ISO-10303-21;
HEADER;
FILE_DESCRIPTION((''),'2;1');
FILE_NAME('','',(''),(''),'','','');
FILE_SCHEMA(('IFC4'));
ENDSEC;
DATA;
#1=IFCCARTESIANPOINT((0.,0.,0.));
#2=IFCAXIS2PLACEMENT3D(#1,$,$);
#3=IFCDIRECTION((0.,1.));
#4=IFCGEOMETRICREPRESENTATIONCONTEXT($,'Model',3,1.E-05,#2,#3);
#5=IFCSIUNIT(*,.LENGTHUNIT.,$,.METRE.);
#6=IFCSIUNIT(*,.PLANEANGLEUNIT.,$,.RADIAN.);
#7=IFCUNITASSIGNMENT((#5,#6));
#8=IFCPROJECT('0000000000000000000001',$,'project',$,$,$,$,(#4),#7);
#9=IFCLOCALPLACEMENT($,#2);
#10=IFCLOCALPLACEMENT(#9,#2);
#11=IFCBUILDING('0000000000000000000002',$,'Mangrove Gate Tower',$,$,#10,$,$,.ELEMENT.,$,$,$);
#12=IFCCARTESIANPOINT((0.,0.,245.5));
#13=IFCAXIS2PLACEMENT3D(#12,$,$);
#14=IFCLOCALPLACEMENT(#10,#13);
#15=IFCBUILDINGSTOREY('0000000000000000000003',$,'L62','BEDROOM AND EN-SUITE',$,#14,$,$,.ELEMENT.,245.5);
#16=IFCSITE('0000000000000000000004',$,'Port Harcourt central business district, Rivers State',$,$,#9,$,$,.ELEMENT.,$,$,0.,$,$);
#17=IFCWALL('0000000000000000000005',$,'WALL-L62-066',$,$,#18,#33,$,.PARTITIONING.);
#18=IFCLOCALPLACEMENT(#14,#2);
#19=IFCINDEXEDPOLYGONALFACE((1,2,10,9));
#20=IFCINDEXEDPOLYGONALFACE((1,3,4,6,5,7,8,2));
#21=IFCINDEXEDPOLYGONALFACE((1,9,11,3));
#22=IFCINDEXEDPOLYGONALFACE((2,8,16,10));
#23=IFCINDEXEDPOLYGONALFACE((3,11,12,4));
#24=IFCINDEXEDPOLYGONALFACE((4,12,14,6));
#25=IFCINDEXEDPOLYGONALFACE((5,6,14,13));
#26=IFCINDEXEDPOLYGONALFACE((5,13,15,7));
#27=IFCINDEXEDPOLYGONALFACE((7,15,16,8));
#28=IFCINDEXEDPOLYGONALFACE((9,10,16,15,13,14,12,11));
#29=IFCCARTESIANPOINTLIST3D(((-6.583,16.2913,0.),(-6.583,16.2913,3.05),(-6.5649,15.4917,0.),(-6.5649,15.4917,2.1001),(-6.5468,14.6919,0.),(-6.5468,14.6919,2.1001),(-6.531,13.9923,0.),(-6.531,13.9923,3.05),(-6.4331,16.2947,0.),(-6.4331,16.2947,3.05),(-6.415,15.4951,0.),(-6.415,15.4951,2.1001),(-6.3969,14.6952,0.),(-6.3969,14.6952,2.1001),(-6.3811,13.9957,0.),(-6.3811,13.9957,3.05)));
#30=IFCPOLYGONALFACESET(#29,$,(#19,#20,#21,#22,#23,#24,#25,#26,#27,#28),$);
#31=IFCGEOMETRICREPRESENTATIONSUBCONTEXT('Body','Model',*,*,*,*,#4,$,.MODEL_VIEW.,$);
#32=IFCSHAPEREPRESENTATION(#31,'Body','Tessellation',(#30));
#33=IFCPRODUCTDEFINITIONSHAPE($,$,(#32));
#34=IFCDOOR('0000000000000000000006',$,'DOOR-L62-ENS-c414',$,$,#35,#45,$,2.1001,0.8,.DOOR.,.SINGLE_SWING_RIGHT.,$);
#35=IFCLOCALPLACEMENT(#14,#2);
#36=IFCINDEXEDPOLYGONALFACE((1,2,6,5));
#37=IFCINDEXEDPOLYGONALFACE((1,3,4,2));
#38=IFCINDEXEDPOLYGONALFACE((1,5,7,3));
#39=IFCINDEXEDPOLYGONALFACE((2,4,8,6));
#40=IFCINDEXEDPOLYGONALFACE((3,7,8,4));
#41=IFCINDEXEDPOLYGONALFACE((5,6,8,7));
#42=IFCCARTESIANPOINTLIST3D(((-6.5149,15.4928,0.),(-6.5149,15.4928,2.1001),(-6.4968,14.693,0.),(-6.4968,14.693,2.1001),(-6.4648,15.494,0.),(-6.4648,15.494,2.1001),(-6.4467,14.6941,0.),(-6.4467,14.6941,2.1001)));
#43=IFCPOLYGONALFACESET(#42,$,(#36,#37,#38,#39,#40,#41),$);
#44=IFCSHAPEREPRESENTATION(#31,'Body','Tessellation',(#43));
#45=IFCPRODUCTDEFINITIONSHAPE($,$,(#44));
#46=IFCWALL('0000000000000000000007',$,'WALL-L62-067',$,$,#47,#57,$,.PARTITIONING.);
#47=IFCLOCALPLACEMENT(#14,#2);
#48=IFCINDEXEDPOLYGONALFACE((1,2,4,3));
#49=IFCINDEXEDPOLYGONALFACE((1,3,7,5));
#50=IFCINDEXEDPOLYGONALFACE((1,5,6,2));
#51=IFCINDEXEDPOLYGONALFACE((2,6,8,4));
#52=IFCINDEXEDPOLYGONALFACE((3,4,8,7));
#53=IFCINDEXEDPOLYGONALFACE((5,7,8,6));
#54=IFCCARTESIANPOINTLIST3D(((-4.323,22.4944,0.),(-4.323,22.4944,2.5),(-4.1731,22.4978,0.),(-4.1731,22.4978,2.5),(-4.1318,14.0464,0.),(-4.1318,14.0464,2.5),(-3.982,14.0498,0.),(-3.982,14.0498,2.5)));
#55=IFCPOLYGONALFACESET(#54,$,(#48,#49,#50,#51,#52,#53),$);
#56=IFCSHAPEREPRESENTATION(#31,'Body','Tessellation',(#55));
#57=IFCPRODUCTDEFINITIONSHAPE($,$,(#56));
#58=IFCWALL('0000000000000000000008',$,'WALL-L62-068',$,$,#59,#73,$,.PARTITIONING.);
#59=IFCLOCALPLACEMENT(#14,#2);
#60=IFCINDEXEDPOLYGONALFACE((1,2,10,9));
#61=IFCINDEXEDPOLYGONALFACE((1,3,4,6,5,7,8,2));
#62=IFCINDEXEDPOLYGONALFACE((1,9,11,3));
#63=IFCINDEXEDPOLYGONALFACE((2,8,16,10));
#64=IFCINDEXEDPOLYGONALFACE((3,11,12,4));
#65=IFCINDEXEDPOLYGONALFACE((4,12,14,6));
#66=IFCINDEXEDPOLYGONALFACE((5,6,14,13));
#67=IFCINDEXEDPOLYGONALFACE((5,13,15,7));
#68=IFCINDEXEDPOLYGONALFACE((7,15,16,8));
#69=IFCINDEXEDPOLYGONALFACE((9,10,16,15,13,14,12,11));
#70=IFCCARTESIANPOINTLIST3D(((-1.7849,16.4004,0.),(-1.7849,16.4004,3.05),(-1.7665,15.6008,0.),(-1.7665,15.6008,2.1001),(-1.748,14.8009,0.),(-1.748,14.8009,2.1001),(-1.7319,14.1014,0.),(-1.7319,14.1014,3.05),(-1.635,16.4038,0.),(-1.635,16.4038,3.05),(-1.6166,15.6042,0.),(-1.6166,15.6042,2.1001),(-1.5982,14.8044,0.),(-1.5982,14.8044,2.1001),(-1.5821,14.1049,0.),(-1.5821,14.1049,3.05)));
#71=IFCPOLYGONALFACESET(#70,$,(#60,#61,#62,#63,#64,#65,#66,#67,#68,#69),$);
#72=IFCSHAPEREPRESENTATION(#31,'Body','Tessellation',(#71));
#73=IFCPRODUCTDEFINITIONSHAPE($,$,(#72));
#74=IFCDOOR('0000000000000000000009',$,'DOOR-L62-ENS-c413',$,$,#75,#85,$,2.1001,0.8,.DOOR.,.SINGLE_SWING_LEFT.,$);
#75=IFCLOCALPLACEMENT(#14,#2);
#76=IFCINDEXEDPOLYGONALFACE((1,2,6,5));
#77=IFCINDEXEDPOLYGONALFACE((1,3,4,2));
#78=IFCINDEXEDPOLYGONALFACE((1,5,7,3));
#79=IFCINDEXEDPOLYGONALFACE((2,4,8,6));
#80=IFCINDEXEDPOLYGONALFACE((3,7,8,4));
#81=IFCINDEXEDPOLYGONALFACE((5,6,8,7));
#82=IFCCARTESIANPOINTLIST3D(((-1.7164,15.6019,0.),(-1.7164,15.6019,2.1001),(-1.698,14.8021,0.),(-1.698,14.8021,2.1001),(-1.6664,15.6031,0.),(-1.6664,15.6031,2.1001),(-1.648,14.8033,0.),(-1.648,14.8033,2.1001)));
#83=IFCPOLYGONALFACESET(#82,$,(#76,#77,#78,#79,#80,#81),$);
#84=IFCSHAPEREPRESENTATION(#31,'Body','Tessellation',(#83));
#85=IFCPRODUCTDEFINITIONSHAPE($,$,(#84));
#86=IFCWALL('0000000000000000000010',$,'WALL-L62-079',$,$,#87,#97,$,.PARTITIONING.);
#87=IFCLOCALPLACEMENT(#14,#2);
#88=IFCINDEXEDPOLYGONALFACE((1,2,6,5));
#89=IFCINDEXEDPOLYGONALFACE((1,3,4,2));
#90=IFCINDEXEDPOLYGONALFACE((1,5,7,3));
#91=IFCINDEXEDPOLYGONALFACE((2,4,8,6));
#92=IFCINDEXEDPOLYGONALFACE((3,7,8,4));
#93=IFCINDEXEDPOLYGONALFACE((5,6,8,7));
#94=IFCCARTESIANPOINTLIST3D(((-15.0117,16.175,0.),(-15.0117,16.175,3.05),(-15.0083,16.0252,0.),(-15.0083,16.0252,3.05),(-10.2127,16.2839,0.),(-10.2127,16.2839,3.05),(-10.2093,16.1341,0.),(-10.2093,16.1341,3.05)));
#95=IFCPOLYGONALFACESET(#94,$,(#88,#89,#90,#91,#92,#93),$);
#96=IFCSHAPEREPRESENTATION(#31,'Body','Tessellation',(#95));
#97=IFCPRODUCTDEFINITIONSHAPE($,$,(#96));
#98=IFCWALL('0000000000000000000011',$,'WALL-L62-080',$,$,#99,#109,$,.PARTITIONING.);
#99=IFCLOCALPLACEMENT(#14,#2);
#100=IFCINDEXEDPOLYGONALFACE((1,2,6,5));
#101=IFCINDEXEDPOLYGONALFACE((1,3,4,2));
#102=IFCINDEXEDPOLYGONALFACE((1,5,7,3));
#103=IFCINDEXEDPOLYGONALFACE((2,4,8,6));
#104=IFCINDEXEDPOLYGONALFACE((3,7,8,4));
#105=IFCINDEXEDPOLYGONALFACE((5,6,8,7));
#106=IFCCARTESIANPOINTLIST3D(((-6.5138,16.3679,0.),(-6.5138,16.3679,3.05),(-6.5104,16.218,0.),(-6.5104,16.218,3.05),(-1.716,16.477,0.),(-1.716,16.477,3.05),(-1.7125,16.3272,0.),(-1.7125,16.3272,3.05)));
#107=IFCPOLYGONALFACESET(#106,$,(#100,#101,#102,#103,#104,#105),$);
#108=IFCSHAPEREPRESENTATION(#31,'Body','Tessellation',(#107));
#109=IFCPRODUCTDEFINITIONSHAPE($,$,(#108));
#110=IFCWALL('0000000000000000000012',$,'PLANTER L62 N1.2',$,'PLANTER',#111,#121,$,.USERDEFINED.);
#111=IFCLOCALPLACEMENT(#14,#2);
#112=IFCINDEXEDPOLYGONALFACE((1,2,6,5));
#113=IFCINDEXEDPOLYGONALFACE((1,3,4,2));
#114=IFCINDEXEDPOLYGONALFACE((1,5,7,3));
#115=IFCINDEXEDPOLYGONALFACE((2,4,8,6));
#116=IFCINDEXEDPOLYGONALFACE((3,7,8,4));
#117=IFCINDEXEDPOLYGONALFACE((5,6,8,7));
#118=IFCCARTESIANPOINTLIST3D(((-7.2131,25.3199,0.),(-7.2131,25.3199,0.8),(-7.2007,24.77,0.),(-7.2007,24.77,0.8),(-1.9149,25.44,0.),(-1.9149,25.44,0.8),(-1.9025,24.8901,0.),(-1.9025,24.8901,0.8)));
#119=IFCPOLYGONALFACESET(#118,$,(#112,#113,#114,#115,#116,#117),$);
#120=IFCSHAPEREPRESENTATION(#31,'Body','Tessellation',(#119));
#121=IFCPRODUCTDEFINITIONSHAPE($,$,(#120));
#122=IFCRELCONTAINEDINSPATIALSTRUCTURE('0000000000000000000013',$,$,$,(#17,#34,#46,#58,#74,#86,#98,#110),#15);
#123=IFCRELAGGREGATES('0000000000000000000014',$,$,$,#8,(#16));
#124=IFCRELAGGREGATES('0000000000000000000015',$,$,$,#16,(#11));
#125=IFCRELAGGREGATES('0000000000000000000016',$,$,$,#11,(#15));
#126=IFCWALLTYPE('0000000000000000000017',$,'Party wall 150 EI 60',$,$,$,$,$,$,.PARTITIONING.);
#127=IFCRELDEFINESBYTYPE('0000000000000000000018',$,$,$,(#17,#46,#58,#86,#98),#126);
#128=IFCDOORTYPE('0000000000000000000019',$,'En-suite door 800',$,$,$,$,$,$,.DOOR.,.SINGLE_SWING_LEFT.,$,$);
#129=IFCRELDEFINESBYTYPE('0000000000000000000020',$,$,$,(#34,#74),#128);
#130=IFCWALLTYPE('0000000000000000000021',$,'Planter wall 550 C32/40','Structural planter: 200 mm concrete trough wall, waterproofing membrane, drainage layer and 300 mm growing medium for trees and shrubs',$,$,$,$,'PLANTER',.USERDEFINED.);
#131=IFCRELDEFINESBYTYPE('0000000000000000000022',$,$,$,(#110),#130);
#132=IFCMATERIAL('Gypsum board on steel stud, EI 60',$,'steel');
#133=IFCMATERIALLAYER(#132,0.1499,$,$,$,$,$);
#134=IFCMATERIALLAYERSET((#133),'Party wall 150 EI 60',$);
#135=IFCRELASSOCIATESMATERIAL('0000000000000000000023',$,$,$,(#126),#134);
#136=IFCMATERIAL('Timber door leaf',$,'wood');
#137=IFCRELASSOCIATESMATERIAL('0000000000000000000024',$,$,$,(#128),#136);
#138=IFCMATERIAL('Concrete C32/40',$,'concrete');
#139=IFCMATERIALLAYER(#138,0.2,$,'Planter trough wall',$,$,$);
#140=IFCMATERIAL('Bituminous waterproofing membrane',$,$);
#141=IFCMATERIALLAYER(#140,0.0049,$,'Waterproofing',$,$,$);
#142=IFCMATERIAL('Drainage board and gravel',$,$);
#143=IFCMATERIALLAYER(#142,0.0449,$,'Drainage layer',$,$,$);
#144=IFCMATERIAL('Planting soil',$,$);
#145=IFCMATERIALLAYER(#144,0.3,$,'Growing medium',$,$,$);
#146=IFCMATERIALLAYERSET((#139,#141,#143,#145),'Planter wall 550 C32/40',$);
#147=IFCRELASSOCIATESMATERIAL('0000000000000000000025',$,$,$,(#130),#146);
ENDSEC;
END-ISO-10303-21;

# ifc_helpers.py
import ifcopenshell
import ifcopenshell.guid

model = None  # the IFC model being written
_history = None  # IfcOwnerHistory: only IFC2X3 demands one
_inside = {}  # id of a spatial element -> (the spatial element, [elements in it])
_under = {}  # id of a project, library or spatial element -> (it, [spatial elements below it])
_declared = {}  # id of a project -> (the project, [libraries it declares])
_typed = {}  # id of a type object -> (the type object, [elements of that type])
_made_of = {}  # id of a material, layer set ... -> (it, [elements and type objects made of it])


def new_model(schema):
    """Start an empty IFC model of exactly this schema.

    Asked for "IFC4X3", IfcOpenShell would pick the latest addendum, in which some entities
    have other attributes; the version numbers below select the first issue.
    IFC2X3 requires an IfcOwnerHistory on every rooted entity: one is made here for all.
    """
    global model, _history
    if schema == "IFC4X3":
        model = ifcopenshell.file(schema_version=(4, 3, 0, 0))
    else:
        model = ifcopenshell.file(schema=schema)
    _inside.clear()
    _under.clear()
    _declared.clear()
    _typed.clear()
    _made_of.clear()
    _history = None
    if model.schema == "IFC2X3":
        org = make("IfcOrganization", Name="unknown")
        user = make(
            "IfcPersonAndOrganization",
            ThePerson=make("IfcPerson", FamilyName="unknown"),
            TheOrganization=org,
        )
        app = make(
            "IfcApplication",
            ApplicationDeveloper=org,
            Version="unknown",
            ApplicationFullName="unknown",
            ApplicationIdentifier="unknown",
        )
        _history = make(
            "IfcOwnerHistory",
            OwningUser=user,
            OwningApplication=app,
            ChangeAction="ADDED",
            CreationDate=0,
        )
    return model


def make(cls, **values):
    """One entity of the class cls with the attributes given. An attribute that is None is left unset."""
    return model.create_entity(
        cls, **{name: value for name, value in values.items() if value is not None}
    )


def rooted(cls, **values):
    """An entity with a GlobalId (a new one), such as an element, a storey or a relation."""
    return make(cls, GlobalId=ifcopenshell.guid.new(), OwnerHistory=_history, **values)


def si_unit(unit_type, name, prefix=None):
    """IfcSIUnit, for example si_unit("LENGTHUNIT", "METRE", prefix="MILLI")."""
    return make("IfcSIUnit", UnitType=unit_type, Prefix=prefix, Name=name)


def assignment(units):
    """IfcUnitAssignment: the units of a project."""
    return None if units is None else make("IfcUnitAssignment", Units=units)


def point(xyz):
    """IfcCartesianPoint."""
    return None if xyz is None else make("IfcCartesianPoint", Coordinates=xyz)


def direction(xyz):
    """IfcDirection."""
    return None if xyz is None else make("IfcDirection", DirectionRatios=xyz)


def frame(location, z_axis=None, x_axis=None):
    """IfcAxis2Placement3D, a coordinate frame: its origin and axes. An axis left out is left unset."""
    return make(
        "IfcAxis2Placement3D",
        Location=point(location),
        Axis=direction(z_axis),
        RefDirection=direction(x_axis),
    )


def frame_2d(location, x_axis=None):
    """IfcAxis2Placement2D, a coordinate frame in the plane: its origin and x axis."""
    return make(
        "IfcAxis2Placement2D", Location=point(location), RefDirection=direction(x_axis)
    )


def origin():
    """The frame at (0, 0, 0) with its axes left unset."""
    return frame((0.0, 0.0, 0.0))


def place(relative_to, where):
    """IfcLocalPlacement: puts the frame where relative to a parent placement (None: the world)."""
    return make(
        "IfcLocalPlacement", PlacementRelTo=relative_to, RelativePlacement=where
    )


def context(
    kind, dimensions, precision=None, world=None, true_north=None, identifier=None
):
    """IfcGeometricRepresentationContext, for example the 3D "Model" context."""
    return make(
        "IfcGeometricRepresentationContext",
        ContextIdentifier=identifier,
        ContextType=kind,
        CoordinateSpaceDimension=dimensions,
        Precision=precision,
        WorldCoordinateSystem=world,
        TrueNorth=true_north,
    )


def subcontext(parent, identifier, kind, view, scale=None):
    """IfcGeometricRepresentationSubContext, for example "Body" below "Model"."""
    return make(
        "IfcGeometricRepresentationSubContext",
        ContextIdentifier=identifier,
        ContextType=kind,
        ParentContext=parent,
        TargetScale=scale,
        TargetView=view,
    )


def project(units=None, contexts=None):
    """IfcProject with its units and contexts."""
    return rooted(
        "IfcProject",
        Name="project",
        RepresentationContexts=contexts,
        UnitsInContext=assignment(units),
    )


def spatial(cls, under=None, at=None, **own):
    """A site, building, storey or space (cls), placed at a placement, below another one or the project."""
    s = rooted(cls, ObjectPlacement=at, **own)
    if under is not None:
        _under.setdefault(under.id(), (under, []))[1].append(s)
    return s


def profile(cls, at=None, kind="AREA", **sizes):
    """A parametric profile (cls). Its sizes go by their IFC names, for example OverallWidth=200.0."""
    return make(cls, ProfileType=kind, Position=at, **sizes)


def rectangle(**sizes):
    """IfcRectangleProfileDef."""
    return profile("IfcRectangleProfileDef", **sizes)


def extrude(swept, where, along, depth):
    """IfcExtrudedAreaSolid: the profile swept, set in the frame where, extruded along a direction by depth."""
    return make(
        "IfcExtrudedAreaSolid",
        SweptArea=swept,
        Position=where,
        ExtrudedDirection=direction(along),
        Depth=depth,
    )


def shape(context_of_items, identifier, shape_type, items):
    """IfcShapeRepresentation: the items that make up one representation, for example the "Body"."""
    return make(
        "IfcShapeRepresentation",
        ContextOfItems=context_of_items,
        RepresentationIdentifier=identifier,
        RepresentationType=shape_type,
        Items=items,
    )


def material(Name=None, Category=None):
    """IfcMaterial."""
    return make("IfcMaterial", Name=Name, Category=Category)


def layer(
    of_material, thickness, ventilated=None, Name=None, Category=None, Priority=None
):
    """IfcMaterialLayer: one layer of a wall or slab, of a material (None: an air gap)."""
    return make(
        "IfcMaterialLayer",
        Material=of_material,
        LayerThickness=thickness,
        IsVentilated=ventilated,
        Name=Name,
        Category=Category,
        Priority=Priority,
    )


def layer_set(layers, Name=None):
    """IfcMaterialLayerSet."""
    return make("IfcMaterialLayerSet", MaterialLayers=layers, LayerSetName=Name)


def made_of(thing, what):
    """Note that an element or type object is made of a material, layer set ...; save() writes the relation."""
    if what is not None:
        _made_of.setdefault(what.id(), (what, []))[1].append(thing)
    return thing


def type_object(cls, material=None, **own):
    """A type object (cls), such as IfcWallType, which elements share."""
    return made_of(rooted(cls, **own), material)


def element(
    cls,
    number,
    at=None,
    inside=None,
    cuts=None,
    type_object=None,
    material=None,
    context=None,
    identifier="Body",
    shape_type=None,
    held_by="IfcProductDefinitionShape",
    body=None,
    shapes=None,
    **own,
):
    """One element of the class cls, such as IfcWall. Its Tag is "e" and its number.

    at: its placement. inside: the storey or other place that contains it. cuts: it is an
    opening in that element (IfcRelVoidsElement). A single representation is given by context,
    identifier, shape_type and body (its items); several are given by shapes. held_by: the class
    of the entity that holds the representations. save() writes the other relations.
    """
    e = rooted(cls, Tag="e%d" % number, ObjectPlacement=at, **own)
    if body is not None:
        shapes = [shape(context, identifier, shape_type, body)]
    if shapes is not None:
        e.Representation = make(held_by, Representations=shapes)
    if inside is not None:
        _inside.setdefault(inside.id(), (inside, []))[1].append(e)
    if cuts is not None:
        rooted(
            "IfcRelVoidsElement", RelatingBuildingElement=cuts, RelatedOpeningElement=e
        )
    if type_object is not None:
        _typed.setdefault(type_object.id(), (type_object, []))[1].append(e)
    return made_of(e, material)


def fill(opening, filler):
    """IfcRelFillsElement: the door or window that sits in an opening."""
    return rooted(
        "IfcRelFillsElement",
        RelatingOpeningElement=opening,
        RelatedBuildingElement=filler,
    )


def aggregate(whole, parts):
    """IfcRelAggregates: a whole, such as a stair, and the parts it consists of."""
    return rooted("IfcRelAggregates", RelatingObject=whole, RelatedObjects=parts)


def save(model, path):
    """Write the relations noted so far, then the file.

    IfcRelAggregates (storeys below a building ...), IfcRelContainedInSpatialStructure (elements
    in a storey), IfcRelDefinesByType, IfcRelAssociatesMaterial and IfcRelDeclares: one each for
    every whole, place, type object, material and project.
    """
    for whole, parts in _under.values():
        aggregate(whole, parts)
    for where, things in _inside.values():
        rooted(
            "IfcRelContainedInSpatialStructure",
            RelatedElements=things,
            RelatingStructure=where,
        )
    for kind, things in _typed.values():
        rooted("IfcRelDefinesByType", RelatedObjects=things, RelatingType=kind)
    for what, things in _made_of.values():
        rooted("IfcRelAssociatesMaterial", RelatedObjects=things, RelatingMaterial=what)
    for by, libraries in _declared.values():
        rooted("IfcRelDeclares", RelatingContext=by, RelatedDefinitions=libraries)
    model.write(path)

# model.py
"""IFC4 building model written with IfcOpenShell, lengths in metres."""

from ifc_helpers import new_model, si_unit, direction, frame, frame_2d, origin, place, context, subcontext, project, spatial, rectangle, extrude, material, layer, layer_set, type_object, element, fill, save


model = new_model("IFC4")

# Units and contexts
model_context = context("Model", 3, precision=1e-05, world=origin(), true_north=direction((0.0, 1.0)))
body_context = subcontext(model_context, "Body", "Model", "MODEL_VIEW")
ifc_project = project(units=[si_unit("LENGTHUNIT", "METRE"), si_unit("PLANEANGLEUNIT", "RADIAN")], contexts=[model_context])

# Site, building, storey
site_placement = place(None, origin())
site = spatial("IfcSite", under=ifc_project, at=site_placement, Name="Port Harcourt central business district, Rivers State", CompositionType="ELEMENT", RefElevation=0.0)
building_placement = place(site_placement, origin())
building = spatial("IfcBuilding", under=site, at=building_placement, Name="Mangrove Gate Tower", CompositionType="ELEMENT")
storey_placement = place(building_placement, frame((0.0, 0.0, 245.5)))
storey = spatial("IfcBuildingStorey", under=building, at=storey_placement, Name="L62", Description="BEDROOM AND EN-SUITE", CompositionType="ELEMENT", Elevation=245.5)

# Shared definitions
ifc_material_1 = material(Name="Gypsum board on steel stud, EI 60", Category="steel")
ifc_layer_1 = layer(ifc_material_1, 0.1499)
ifc_layer_set_1 = layer_set([ifc_layer_1], Name="Party wall 150 EI 60")
wall_type_1 = type_object("IfcWallType", Name="Party wall 150 EI 60", PredefinedType="PARTITIONING", material=ifc_layer_set_1)
ifc_material_2 = material(Name="Timber door leaf", Category="wood")
door_type = type_object("IfcDoorType", Name="En-suite door 800", OperationType="SINGLE_SWING_LEFT", PredefinedType="DOOR", material=ifc_material_2)

# Wall, opening, door
wall_1_placement = place(storey_placement, frame((-6.4561, 13.9939, 0.0), z_axis=(0.0, 0.0, 1.0), x_axis=(-0.022613, 0.999744, 0.0)))
wall_1 = element("IfcWall", 1, at=wall_1_placement, inside=storey, type_object=wall_type_1, Name="WALL-L62-066", PredefinedType="PARTITIONING", context=body_context, shape_type="SweptSolid", body=[
    extrude(rectangle(XDim=2.2996, YDim=0.1499, at=frame_2d((1.1499, 0.0))), origin(), (0.0, 0.0, 1.0), 3.05),
])
opening_1_placement = place(wall_1_placement, frame((0.7, 0.0, 0.0)))
opening_1 = element("IfcOpeningElement", 2, at=opening_1_placement, cuts=wall_1, PredefinedType="OPENING", context=body_context, shape_type="SweptSolid", body=[
    extrude(rectangle(XDim=0.8, YDim=2.1001, at=frame_2d((0.3999, 1.05))), frame((0.0, 0.085, 0.0), z_axis=(0.0, -1.0, 0.0), x_axis=(1.0, 0.0, 0.0)), (0.0, 0.0, 1.0), 0.1699),
])
door_1_placement = place(opening_1_placement, origin())
door_1 = element("IfcDoor", 3, at=door_1_placement, inside=storey, type_object=door_type, Name="DOOR-L62-ENS-c414", OperationType="SINGLE_SWING_RIGHT", OverallHeight=2.1001, OverallWidth=0.8, PredefinedType="DOOR", context=body_context, shape_type="SweptSolid", body=[
    extrude(rectangle(XDim=0.8, YDim=2.1001, at=frame_2d((0.3999, 1.05))), frame((0.0, 0.0249, 0.0), z_axis=(0.0, -1.0, 0.0), x_axis=(1.0, 0.0, 0.0)), (0.0, 0.0, 1.0), 0.05),
])
fill(opening_1, door_1)

# Wall
wall_2_placement = place(storey_placement, frame((-4.0569, 14.0481, 0.0), z_axis=(0.0, 0.0, 1.0), x_axis=(-0.022622, 0.999744, 0.0)))
element("IfcWall", 4, at=wall_2_placement, inside=storey, type_object=wall_type_1, Name="WALL-L62-067", PredefinedType="PARTITIONING", context=body_context, shape_type="SweptSolid", body=[
    extrude(rectangle(XDim=8.4502, YDim=0.1499, at=frame_2d((4.2251, 0.0))), origin(), (0.0, 0.0, 1.0), 2.5),
])

# Wall, opening, door
wall_3_placement = place(storey_placement, frame((-1.657, 14.103, 0.0), z_axis=(0.0, 0.0, 1.0), x_axis=(-0.023037, 0.999735, 0.0)))
wall_3 = element("IfcWall", 5, at=wall_3_placement, inside=storey, type_object=wall_type_1, Name="WALL-L62-068", PredefinedType="PARTITIONING", context=body_context, shape_type="SweptSolid", body=[
    extrude(rectangle(XDim=2.2996, YDim=0.1499, at=frame_2d((1.1499, 0.0))), origin(), (0.0, 0.0, 1.0), 3.05),
])
opening_2_placement = place(wall_3_placement, frame((0.7, 0.0, 0.0)))
opening_2 = element("IfcOpeningElement", 6, at=opening_2_placement, cuts=wall_3, PredefinedType="OPENING", context=body_context, shape_type="SweptSolid", body=[
    extrude(rectangle(XDim=0.8, YDim=2.1001, at=frame_2d((0.3999, 1.05))), frame((0.0, 0.085, 0.0), z_axis=(0.0, -1.0, 0.0), x_axis=(1.0, 0.0, 0.0)), (0.0, 0.0, 1.0), 0.1699),
])
door_2_placement = place(opening_2_placement, origin())
door_2 = element("IfcDoor", 7, at=door_2_placement, inside=storey, type_object=door_type, Name="DOOR-L62-ENS-c413", OperationType="SINGLE_SWING_LEFT", OverallHeight=2.1001, OverallWidth=0.8, PredefinedType="DOOR", context=body_context, shape_type="SweptSolid", body=[
    extrude(rectangle(XDim=0.8, YDim=2.1001, at=frame_2d((0.3999, 1.05))), frame((0.0, 0.0249, 0.0), z_axis=(0.0, -1.0, 0.0), x_axis=(1.0, 0.0, 0.0)), (0.0, 0.0, 1.0), 0.05),
])
fill(opening_2, door_2)

# Walls
wall_4_placement = place(storey_placement, frame((-15.01, 16.1001, 0.0), z_axis=(0.0, 0.0, 1.0), x_axis=(0.999743, 0.022683, 0.0)))
element("IfcWall", 8, at=wall_4_placement, inside=storey, type_object=wall_type_1, Name="WALL-L62-079", PredefinedType="PARTITIONING", context=body_context, shape_type="SweptSolid", body=[
    extrude(rectangle(XDim=4.8003, YDim=0.1499, at=frame_2d((2.4001, 0.0))), origin(), (0.0, 0.0, 1.0), 3.05),
])
wall_5_placement = place(storey_placement, frame((-6.512, 16.293, 0.0), z_axis=(0.0, 0.0, 1.0), x_axis=(0.999741, 0.02274, 0.0)))
element("IfcWall", 9, at=wall_5_placement, inside=storey, type_object=wall_type_1, Name="WALL-L62-080", PredefinedType="PARTITIONING", context=body_context, shape_type="SweptSolid", body=[
    extrude(rectangle(XDim=4.7991, YDim=0.1499, at=frame_2d((2.3994, 0.0))), origin(), (0.0, 0.0, 1.0), 3.05),
])
ifc_material_3 = material(Name="Concrete C32/40", Category="concrete")
ifc_layer_2 = layer(ifc_material_3, 0.2, Name="Planter trough wall")
ifc_material_4 = material(Name="Bituminous waterproofing membrane")
ifc_layer_3 = layer(ifc_material_4, 0.0049, Name="Waterproofing")
ifc_material_5 = material(Name="Drainage board and gravel")
ifc_layer_4 = layer(ifc_material_5, 0.0449, Name="Drainage layer")
ifc_material_6 = material(Name="Planting soil")
ifc_layer_5 = layer(ifc_material_6, 0.3, Name="Growing medium")
ifc_layer_set_2 = layer_set([ifc_layer_2, ifc_layer_3, ifc_layer_4, ifc_layer_5], Name="Planter wall 550 C32/40")
wall_type_2 = type_object("IfcWallType", Name="Planter wall 550 C32/40", Description="Structural planter: 200 mm concrete trough wall, waterproofing membrane, drainage layer and 300 mm growing medium for trees and shrubs", ElementType="PLANTER", PredefinedType="USERDEFINED", material=ifc_layer_set_2)
wall_6_placement = place(storey_placement, frame((-7.207, 25.0449, 0.0), z_axis=(0.0, 0.0, 1.0), x_axis=(0.999743, 0.022666, 0.0)))
element("IfcWall", 10, at=wall_6_placement, inside=storey, type_object=wall_type_2, Name="PLANTER L62 N1.2", ObjectType="PLANTER", PredefinedType="USERDEFINED", context=body_context, shape_type="SweptSolid", body=[
    extrude(rectangle(XDim=5.2996, YDim=0.55, at=frame_2d((2.6499, 0.0))), origin(), (0.0, 0.0, 1.0), 0.8),
])

save(model, "model.ifc")
